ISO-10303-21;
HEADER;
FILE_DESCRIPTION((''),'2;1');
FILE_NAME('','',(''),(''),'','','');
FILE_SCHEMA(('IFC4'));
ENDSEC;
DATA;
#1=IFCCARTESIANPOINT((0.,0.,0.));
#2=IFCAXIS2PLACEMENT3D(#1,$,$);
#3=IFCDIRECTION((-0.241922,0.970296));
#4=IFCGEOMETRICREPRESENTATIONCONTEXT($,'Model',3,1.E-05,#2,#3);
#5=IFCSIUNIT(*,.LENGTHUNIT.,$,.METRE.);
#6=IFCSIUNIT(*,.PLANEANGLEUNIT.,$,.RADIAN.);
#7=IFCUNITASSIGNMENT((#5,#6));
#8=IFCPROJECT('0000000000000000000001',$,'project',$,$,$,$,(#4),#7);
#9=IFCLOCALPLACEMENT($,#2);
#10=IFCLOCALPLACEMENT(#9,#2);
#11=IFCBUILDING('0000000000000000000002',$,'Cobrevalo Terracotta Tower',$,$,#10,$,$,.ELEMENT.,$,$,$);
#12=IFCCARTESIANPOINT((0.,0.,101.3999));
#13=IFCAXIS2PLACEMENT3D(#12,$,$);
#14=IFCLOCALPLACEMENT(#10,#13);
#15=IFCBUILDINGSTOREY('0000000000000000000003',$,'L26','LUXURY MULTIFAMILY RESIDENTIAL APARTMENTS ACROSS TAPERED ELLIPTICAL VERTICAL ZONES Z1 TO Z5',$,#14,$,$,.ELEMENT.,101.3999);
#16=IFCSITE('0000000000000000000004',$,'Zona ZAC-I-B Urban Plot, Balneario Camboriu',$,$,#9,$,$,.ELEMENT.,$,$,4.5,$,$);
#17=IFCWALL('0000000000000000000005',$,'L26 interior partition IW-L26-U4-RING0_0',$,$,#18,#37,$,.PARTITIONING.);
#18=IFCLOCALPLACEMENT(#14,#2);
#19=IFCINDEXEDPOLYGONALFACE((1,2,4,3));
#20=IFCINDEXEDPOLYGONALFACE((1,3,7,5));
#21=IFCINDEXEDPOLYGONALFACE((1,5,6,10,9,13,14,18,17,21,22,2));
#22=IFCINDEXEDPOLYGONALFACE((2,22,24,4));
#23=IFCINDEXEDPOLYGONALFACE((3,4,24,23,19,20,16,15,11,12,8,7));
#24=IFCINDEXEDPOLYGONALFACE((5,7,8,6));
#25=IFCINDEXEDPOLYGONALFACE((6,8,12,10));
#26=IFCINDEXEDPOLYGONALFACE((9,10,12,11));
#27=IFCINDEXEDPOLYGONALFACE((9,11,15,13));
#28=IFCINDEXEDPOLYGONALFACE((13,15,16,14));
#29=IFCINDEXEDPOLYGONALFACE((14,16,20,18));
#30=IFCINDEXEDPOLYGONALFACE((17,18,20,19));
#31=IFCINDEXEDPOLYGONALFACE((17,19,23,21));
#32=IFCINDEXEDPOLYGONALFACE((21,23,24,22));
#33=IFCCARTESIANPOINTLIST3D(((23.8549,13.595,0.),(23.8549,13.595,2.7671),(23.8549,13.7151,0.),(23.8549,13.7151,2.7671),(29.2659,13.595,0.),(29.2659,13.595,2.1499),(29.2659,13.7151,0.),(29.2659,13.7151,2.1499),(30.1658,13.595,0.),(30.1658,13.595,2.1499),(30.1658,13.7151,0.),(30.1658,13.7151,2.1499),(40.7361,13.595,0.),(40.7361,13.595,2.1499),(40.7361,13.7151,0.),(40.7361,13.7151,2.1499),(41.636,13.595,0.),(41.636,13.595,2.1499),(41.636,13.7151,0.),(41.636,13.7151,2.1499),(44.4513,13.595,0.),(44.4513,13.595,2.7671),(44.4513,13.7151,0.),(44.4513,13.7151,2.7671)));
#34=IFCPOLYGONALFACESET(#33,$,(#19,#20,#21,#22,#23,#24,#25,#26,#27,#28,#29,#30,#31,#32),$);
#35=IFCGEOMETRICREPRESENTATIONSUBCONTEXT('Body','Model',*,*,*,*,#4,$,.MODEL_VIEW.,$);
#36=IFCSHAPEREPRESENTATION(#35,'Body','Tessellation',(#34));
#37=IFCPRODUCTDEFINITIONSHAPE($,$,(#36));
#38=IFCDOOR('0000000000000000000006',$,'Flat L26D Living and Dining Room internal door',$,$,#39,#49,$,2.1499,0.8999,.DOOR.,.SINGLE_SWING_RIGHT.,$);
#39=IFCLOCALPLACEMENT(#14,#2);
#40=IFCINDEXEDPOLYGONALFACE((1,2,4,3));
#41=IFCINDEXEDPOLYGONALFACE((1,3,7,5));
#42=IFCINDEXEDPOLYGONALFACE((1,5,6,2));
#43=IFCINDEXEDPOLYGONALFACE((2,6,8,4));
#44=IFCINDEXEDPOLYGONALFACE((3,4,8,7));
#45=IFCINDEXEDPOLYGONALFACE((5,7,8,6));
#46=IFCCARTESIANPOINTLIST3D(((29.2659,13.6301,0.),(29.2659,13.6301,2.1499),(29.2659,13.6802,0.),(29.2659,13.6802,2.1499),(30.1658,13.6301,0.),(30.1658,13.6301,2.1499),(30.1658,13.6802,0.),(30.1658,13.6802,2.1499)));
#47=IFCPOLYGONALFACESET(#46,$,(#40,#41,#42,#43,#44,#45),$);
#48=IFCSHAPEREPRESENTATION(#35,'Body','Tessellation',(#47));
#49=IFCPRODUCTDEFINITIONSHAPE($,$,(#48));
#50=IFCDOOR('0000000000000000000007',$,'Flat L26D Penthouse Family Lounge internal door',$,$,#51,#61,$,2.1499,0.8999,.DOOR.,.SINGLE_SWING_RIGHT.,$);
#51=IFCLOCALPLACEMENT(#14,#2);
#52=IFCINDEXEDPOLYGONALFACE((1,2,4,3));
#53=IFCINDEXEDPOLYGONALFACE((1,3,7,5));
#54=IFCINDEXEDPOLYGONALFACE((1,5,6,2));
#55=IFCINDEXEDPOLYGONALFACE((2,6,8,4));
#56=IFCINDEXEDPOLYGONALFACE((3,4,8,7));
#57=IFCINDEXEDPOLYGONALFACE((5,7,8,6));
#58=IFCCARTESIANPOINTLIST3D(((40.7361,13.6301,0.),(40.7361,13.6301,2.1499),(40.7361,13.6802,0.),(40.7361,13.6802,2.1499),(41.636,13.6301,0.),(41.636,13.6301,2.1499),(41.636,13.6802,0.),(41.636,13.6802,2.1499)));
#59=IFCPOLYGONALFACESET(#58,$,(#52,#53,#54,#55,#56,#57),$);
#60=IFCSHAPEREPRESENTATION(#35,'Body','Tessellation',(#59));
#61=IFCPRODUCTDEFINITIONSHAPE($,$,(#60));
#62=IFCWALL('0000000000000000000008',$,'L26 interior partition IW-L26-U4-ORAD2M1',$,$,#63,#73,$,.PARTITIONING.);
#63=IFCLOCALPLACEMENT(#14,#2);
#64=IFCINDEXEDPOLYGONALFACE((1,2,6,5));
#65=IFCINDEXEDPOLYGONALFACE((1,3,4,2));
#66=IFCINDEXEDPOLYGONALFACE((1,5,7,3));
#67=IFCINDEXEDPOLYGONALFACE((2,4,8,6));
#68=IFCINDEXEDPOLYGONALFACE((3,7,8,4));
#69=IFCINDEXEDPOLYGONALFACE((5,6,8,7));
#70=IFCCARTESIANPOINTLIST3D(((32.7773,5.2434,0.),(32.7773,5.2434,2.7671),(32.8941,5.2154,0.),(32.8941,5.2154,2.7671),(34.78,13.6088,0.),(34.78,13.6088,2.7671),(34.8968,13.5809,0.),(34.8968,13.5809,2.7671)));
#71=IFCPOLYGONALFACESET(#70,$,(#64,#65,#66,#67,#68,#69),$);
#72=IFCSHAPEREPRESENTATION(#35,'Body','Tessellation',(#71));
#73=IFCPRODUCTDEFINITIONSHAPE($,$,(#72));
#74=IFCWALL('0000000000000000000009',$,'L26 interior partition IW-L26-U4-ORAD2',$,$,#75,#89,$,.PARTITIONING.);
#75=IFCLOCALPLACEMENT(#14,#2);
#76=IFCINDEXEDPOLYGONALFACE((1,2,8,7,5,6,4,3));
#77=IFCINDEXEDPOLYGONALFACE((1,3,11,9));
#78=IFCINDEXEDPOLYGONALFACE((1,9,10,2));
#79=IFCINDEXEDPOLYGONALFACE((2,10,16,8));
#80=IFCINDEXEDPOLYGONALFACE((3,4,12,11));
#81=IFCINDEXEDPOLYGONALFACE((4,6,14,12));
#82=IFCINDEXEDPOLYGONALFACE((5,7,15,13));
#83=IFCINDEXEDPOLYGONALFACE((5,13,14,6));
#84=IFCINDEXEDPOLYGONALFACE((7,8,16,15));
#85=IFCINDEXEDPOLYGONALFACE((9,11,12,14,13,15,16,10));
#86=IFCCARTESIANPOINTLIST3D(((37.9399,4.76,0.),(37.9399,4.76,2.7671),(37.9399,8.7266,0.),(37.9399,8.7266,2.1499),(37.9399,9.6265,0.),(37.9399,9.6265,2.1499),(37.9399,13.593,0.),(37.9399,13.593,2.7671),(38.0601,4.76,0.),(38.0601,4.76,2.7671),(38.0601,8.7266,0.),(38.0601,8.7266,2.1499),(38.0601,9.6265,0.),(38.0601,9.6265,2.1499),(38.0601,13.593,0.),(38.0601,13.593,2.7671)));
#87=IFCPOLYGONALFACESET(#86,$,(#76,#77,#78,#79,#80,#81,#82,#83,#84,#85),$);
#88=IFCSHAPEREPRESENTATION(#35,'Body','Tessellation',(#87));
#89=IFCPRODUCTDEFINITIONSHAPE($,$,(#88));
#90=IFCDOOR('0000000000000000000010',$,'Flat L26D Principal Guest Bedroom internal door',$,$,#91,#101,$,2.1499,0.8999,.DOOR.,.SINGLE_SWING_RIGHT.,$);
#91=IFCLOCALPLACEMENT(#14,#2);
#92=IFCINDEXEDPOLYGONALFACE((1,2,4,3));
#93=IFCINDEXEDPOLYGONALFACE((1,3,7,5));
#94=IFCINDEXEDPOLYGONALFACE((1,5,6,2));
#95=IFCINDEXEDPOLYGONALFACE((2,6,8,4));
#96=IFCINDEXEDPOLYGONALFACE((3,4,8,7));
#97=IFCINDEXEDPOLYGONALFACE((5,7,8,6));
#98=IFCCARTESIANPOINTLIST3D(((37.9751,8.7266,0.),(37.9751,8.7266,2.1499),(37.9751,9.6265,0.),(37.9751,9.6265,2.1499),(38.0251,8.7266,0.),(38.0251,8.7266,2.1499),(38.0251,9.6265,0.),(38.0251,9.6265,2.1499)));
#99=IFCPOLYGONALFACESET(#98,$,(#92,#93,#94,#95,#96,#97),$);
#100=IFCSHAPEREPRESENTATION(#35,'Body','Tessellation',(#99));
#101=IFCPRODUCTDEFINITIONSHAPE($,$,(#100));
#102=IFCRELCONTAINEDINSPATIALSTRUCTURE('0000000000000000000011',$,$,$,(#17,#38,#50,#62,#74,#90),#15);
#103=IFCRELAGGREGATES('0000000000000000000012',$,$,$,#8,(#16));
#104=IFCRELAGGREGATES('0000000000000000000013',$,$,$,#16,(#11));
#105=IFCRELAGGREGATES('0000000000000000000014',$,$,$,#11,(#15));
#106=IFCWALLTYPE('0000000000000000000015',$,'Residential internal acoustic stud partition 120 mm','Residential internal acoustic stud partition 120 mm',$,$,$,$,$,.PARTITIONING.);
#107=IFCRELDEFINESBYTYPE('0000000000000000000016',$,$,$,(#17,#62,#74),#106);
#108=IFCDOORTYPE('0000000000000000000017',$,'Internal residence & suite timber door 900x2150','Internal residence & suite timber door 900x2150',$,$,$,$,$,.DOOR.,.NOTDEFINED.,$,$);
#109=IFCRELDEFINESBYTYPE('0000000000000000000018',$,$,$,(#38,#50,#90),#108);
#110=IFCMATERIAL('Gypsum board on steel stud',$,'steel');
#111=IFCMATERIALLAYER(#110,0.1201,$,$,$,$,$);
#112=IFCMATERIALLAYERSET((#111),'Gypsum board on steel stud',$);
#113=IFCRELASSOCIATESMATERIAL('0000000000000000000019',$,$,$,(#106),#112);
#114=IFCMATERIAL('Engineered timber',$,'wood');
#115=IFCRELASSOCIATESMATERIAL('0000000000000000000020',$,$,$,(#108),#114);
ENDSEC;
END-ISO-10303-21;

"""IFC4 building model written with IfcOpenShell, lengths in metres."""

from ifc_helpers import new_model, si_unit, direction, frame, frame_2d, origin, place, context, subcontext, project, spatial, rectangle, extrude, source, transform, mapped, material, layer, layer_set, type_object, element, fill, save


model = new_model("IFC4")

# Units and contexts
model_context = context("Model", 3, precision=1e-05, world=origin(), true_north=direction((-0.241922, 0.970296)))
body_context = subcontext(model_context, "Body", "Model", "MODEL_VIEW")
ifc_project = project(units=[si_unit("LENGTHUNIT", "METRE"), si_unit("PLANEANGLEUNIT", "RADIAN")], contexts=[model_context])

# Site, building, storey
site_placement = place(None, origin())
site = spatial("IfcSite", under=ifc_project, at=site_placement, Name="Zona ZAC-I-B Urban Plot, Balneario Camboriu", CompositionType="ELEMENT", RefElevation=4.5)
building_placement = place(site_placement, origin())
building = spatial("IfcBuilding", under=site, at=building_placement, Name="Cobrevalo Terracotta Tower", CompositionType="ELEMENT")
storey_placement = place(building_placement, frame((0.0, 0.0, 101.3999)))
storey = spatial("IfcBuildingStorey", under=building, at=storey_placement, Name="L26", Description="LUXURY MULTIFAMILY RESIDENTIAL APARTMENTS ACROSS TAPERED ELLIPTICAL VERTICAL ZONES Z1 TO Z5", CompositionType="ELEMENT", Elevation=101.3999)

# Wall, openings, doors
ifc_material_1 = material(Name="Gypsum board on steel stud", Category="steel")
ifc_layer_1 = layer(ifc_material_1, 0.1201)
ifc_layer_set_1 = layer_set([ifc_layer_1], Name="Gypsum board on steel stud")
wall_type = type_object("IfcWallType", Name="Residential internal acoustic stud partition 120 mm", Description="Residential internal acoustic stud partition 120 mm", PredefinedType="PARTITIONING", material=ifc_layer_set_1)
wall_1_placement = place(storey_placement, frame((44.4514, 13.655, 0.0), z_axis=(0.0, 0.0, 1.0), x_axis=(-1.0, 0.0, 0.0)))
wall_1 = element("IfcWall", 1, at=wall_1_placement, inside=storey, type_object=wall_type, Name="L26 interior partition IW-L26-U4-RING0_0", PredefinedType="PARTITIONING", context=body_context, shape_type="SweptSolid", body=[
    extrude(rectangle(XDim=20.5964, YDim=0.1201, at=frame_2d((10.2983, 0.0))), origin(), (0.0, 0.0, 1.0), 2.7671),
])
opening_1_placement = place(wall_1_placement, frame((14.2856, 0.0, 0.0)))
opening_1 = element("IfcOpeningElement", 2, at=opening_1_placement, cuts=wall_1, PredefinedType="OPENING", context=body_context, shape_type="SweptSolid", body=[
    extrude(rectangle(XDim=0.8999, YDim=2.1499, at=frame_2d((0.45, 1.075))), frame((0.0, 0.0701, 0.0), z_axis=(0.0, -1.0, 0.0), x_axis=(1.0, 0.0, 0.0)), (0.0, 0.0, 1.0), 0.1401),
])
opening_2_placement = place(wall_1_placement, frame((2.8154, 0.0, 0.0)))
opening_2 = element("IfcOpeningElement", 3, at=opening_2_placement, cuts=wall_1, PredefinedType="OPENING", context=body_context, shape_type="SweptSolid", body=[
    extrude(rectangle(XDim=0.8999, YDim=2.1499, at=frame_2d((0.45, 1.075))), frame((0.0, 0.0701, 0.0), z_axis=(0.0, -1.0, 0.0), x_axis=(1.0, 0.0, 0.0)), (0.0, 0.0, 1.0), 0.1401),
])
ifc_material_2 = material(Name="Engineered timber", Category="wood")
door_type = type_object("IfcDoorType", Name="Internal residence & suite timber door 900x2150", Description="Internal residence & suite timber door 900x2150", OperationType="NOTDEFINED", PredefinedType="DOOR", material=ifc_material_2)
shared_shape_1 = source(origin(), body_context, "Body", "SweptSolid", [
    extrude(rectangle(XDim=0.8999, YDim=2.1499, at=frame_2d((0.45, 1.075))), frame((0.0, 0.0249, 0.0), z_axis=(0.0, -1.0, 0.0), x_axis=(1.0, 0.0, 0.0)), (0.0, 0.0, 1.0), 0.05),
])
door_1_placement = place(opening_1_placement, origin())
door_1 = element("IfcDoor", 4, at=door_1_placement, inside=storey, type_object=door_type, Name="Flat L26D Living and Dining Room internal door", OperationType="SINGLE_SWING_RIGHT", OverallHeight=2.1499, OverallWidth=0.8999, PredefinedType="DOOR", context=body_context, shape_type="MappedRepresentation", body=[
    mapped(shared_shape_1, transform((0.0, 0.0, 0.0), scale=1.0)),
])
fill(opening_1, door_1)
door_2_placement = place(opening_2_placement, origin())
door_2 = element("IfcDoor", 5, at=door_2_placement, inside=storey, type_object=door_type, Name="Flat L26D Penthouse Family Lounge internal door", OperationType="SINGLE_SWING_RIGHT", OverallHeight=2.1499, OverallWidth=0.8999, PredefinedType="DOOR", context=body_context, shape_type="MappedRepresentation", body=[
    mapped(shared_shape_1, transform((0.0, 0.0, 0.0), scale=1.0)),
])
fill(opening_2, door_2)

# Wall
wall_2_placement = place(storey_placement, frame((34.8384, 13.5947, 0.0), z_axis=(0.0, 0.0, 1.0), x_axis=(-0.23282, -0.97252, 0.0)))
element("IfcWall", 6, at=wall_2_placement, inside=storey, type_object=wall_type, Name="L26 interior partition IW-L26-U4-ORAD2M1", PredefinedType="PARTITIONING", context=body_context, shape_type="SweptSolid", body=[
    extrude(rectangle(XDim=8.6018, YDim=0.1201, at=frame_2d((4.3008, 0.0))), origin(), (0.0, 0.0, 1.0), 2.7671),
])

# Wall, opening, door
wall_3_placement = place(storey_placement, frame((38.0, 13.593, 0.0), z_axis=(0.0, 0.0, 1.0), x_axis=(0.0, -1.0, 0.0)))
wall_3 = element("IfcWall", 7, at=wall_3_placement, inside=storey, type_object=wall_type, Name="L26 interior partition IW-L26-U4-ORAD2", PredefinedType="PARTITIONING", context=body_context, shape_type="SweptSolid", body=[
    extrude(rectangle(XDim=8.833, YDim=0.1201, at=frame_2d((4.4165, 0.0))), origin(), (0.0, 0.0, 1.0), 2.7671),
])
opening_3_placement = place(wall_3_placement, frame((3.9666, 0.0, 0.0)))
opening_3 = element("IfcOpeningElement", 8, at=opening_3_placement, cuts=wall_3, PredefinedType="OPENING", context=body_context, shape_type="SweptSolid", body=[
    extrude(rectangle(XDim=0.8999, YDim=2.1499, at=frame_2d((0.45, 1.075))), frame((0.0, 0.0701, 0.0), z_axis=(0.0, -1.0, 0.0), x_axis=(1.0, 0.0, 0.0)), (0.0, 0.0, 1.0), 0.1401),
])
door_3_placement = place(opening_3_placement, frame((0.8999, 0.0, 0.0), z_axis=(0.0, 0.0, 1.0), x_axis=(-1.0, 0.0, 0.0)))
door_3 = element("IfcDoor", 9, at=door_3_placement, inside=storey, type_object=door_type, Name="Flat L26D Principal Guest Bedroom internal door", OperationType="SINGLE_SWING_RIGHT", OverallHeight=2.1499, OverallWidth=0.8999, PredefinedType="DOOR", context=body_context, shape_type="MappedRepresentation", body=[
    mapped(shared_shape_1, transform((0.0, 0.0, 0.0), scale=1.0)),
])
fill(opening_3, door_3)

save(model, "model.ifc")
